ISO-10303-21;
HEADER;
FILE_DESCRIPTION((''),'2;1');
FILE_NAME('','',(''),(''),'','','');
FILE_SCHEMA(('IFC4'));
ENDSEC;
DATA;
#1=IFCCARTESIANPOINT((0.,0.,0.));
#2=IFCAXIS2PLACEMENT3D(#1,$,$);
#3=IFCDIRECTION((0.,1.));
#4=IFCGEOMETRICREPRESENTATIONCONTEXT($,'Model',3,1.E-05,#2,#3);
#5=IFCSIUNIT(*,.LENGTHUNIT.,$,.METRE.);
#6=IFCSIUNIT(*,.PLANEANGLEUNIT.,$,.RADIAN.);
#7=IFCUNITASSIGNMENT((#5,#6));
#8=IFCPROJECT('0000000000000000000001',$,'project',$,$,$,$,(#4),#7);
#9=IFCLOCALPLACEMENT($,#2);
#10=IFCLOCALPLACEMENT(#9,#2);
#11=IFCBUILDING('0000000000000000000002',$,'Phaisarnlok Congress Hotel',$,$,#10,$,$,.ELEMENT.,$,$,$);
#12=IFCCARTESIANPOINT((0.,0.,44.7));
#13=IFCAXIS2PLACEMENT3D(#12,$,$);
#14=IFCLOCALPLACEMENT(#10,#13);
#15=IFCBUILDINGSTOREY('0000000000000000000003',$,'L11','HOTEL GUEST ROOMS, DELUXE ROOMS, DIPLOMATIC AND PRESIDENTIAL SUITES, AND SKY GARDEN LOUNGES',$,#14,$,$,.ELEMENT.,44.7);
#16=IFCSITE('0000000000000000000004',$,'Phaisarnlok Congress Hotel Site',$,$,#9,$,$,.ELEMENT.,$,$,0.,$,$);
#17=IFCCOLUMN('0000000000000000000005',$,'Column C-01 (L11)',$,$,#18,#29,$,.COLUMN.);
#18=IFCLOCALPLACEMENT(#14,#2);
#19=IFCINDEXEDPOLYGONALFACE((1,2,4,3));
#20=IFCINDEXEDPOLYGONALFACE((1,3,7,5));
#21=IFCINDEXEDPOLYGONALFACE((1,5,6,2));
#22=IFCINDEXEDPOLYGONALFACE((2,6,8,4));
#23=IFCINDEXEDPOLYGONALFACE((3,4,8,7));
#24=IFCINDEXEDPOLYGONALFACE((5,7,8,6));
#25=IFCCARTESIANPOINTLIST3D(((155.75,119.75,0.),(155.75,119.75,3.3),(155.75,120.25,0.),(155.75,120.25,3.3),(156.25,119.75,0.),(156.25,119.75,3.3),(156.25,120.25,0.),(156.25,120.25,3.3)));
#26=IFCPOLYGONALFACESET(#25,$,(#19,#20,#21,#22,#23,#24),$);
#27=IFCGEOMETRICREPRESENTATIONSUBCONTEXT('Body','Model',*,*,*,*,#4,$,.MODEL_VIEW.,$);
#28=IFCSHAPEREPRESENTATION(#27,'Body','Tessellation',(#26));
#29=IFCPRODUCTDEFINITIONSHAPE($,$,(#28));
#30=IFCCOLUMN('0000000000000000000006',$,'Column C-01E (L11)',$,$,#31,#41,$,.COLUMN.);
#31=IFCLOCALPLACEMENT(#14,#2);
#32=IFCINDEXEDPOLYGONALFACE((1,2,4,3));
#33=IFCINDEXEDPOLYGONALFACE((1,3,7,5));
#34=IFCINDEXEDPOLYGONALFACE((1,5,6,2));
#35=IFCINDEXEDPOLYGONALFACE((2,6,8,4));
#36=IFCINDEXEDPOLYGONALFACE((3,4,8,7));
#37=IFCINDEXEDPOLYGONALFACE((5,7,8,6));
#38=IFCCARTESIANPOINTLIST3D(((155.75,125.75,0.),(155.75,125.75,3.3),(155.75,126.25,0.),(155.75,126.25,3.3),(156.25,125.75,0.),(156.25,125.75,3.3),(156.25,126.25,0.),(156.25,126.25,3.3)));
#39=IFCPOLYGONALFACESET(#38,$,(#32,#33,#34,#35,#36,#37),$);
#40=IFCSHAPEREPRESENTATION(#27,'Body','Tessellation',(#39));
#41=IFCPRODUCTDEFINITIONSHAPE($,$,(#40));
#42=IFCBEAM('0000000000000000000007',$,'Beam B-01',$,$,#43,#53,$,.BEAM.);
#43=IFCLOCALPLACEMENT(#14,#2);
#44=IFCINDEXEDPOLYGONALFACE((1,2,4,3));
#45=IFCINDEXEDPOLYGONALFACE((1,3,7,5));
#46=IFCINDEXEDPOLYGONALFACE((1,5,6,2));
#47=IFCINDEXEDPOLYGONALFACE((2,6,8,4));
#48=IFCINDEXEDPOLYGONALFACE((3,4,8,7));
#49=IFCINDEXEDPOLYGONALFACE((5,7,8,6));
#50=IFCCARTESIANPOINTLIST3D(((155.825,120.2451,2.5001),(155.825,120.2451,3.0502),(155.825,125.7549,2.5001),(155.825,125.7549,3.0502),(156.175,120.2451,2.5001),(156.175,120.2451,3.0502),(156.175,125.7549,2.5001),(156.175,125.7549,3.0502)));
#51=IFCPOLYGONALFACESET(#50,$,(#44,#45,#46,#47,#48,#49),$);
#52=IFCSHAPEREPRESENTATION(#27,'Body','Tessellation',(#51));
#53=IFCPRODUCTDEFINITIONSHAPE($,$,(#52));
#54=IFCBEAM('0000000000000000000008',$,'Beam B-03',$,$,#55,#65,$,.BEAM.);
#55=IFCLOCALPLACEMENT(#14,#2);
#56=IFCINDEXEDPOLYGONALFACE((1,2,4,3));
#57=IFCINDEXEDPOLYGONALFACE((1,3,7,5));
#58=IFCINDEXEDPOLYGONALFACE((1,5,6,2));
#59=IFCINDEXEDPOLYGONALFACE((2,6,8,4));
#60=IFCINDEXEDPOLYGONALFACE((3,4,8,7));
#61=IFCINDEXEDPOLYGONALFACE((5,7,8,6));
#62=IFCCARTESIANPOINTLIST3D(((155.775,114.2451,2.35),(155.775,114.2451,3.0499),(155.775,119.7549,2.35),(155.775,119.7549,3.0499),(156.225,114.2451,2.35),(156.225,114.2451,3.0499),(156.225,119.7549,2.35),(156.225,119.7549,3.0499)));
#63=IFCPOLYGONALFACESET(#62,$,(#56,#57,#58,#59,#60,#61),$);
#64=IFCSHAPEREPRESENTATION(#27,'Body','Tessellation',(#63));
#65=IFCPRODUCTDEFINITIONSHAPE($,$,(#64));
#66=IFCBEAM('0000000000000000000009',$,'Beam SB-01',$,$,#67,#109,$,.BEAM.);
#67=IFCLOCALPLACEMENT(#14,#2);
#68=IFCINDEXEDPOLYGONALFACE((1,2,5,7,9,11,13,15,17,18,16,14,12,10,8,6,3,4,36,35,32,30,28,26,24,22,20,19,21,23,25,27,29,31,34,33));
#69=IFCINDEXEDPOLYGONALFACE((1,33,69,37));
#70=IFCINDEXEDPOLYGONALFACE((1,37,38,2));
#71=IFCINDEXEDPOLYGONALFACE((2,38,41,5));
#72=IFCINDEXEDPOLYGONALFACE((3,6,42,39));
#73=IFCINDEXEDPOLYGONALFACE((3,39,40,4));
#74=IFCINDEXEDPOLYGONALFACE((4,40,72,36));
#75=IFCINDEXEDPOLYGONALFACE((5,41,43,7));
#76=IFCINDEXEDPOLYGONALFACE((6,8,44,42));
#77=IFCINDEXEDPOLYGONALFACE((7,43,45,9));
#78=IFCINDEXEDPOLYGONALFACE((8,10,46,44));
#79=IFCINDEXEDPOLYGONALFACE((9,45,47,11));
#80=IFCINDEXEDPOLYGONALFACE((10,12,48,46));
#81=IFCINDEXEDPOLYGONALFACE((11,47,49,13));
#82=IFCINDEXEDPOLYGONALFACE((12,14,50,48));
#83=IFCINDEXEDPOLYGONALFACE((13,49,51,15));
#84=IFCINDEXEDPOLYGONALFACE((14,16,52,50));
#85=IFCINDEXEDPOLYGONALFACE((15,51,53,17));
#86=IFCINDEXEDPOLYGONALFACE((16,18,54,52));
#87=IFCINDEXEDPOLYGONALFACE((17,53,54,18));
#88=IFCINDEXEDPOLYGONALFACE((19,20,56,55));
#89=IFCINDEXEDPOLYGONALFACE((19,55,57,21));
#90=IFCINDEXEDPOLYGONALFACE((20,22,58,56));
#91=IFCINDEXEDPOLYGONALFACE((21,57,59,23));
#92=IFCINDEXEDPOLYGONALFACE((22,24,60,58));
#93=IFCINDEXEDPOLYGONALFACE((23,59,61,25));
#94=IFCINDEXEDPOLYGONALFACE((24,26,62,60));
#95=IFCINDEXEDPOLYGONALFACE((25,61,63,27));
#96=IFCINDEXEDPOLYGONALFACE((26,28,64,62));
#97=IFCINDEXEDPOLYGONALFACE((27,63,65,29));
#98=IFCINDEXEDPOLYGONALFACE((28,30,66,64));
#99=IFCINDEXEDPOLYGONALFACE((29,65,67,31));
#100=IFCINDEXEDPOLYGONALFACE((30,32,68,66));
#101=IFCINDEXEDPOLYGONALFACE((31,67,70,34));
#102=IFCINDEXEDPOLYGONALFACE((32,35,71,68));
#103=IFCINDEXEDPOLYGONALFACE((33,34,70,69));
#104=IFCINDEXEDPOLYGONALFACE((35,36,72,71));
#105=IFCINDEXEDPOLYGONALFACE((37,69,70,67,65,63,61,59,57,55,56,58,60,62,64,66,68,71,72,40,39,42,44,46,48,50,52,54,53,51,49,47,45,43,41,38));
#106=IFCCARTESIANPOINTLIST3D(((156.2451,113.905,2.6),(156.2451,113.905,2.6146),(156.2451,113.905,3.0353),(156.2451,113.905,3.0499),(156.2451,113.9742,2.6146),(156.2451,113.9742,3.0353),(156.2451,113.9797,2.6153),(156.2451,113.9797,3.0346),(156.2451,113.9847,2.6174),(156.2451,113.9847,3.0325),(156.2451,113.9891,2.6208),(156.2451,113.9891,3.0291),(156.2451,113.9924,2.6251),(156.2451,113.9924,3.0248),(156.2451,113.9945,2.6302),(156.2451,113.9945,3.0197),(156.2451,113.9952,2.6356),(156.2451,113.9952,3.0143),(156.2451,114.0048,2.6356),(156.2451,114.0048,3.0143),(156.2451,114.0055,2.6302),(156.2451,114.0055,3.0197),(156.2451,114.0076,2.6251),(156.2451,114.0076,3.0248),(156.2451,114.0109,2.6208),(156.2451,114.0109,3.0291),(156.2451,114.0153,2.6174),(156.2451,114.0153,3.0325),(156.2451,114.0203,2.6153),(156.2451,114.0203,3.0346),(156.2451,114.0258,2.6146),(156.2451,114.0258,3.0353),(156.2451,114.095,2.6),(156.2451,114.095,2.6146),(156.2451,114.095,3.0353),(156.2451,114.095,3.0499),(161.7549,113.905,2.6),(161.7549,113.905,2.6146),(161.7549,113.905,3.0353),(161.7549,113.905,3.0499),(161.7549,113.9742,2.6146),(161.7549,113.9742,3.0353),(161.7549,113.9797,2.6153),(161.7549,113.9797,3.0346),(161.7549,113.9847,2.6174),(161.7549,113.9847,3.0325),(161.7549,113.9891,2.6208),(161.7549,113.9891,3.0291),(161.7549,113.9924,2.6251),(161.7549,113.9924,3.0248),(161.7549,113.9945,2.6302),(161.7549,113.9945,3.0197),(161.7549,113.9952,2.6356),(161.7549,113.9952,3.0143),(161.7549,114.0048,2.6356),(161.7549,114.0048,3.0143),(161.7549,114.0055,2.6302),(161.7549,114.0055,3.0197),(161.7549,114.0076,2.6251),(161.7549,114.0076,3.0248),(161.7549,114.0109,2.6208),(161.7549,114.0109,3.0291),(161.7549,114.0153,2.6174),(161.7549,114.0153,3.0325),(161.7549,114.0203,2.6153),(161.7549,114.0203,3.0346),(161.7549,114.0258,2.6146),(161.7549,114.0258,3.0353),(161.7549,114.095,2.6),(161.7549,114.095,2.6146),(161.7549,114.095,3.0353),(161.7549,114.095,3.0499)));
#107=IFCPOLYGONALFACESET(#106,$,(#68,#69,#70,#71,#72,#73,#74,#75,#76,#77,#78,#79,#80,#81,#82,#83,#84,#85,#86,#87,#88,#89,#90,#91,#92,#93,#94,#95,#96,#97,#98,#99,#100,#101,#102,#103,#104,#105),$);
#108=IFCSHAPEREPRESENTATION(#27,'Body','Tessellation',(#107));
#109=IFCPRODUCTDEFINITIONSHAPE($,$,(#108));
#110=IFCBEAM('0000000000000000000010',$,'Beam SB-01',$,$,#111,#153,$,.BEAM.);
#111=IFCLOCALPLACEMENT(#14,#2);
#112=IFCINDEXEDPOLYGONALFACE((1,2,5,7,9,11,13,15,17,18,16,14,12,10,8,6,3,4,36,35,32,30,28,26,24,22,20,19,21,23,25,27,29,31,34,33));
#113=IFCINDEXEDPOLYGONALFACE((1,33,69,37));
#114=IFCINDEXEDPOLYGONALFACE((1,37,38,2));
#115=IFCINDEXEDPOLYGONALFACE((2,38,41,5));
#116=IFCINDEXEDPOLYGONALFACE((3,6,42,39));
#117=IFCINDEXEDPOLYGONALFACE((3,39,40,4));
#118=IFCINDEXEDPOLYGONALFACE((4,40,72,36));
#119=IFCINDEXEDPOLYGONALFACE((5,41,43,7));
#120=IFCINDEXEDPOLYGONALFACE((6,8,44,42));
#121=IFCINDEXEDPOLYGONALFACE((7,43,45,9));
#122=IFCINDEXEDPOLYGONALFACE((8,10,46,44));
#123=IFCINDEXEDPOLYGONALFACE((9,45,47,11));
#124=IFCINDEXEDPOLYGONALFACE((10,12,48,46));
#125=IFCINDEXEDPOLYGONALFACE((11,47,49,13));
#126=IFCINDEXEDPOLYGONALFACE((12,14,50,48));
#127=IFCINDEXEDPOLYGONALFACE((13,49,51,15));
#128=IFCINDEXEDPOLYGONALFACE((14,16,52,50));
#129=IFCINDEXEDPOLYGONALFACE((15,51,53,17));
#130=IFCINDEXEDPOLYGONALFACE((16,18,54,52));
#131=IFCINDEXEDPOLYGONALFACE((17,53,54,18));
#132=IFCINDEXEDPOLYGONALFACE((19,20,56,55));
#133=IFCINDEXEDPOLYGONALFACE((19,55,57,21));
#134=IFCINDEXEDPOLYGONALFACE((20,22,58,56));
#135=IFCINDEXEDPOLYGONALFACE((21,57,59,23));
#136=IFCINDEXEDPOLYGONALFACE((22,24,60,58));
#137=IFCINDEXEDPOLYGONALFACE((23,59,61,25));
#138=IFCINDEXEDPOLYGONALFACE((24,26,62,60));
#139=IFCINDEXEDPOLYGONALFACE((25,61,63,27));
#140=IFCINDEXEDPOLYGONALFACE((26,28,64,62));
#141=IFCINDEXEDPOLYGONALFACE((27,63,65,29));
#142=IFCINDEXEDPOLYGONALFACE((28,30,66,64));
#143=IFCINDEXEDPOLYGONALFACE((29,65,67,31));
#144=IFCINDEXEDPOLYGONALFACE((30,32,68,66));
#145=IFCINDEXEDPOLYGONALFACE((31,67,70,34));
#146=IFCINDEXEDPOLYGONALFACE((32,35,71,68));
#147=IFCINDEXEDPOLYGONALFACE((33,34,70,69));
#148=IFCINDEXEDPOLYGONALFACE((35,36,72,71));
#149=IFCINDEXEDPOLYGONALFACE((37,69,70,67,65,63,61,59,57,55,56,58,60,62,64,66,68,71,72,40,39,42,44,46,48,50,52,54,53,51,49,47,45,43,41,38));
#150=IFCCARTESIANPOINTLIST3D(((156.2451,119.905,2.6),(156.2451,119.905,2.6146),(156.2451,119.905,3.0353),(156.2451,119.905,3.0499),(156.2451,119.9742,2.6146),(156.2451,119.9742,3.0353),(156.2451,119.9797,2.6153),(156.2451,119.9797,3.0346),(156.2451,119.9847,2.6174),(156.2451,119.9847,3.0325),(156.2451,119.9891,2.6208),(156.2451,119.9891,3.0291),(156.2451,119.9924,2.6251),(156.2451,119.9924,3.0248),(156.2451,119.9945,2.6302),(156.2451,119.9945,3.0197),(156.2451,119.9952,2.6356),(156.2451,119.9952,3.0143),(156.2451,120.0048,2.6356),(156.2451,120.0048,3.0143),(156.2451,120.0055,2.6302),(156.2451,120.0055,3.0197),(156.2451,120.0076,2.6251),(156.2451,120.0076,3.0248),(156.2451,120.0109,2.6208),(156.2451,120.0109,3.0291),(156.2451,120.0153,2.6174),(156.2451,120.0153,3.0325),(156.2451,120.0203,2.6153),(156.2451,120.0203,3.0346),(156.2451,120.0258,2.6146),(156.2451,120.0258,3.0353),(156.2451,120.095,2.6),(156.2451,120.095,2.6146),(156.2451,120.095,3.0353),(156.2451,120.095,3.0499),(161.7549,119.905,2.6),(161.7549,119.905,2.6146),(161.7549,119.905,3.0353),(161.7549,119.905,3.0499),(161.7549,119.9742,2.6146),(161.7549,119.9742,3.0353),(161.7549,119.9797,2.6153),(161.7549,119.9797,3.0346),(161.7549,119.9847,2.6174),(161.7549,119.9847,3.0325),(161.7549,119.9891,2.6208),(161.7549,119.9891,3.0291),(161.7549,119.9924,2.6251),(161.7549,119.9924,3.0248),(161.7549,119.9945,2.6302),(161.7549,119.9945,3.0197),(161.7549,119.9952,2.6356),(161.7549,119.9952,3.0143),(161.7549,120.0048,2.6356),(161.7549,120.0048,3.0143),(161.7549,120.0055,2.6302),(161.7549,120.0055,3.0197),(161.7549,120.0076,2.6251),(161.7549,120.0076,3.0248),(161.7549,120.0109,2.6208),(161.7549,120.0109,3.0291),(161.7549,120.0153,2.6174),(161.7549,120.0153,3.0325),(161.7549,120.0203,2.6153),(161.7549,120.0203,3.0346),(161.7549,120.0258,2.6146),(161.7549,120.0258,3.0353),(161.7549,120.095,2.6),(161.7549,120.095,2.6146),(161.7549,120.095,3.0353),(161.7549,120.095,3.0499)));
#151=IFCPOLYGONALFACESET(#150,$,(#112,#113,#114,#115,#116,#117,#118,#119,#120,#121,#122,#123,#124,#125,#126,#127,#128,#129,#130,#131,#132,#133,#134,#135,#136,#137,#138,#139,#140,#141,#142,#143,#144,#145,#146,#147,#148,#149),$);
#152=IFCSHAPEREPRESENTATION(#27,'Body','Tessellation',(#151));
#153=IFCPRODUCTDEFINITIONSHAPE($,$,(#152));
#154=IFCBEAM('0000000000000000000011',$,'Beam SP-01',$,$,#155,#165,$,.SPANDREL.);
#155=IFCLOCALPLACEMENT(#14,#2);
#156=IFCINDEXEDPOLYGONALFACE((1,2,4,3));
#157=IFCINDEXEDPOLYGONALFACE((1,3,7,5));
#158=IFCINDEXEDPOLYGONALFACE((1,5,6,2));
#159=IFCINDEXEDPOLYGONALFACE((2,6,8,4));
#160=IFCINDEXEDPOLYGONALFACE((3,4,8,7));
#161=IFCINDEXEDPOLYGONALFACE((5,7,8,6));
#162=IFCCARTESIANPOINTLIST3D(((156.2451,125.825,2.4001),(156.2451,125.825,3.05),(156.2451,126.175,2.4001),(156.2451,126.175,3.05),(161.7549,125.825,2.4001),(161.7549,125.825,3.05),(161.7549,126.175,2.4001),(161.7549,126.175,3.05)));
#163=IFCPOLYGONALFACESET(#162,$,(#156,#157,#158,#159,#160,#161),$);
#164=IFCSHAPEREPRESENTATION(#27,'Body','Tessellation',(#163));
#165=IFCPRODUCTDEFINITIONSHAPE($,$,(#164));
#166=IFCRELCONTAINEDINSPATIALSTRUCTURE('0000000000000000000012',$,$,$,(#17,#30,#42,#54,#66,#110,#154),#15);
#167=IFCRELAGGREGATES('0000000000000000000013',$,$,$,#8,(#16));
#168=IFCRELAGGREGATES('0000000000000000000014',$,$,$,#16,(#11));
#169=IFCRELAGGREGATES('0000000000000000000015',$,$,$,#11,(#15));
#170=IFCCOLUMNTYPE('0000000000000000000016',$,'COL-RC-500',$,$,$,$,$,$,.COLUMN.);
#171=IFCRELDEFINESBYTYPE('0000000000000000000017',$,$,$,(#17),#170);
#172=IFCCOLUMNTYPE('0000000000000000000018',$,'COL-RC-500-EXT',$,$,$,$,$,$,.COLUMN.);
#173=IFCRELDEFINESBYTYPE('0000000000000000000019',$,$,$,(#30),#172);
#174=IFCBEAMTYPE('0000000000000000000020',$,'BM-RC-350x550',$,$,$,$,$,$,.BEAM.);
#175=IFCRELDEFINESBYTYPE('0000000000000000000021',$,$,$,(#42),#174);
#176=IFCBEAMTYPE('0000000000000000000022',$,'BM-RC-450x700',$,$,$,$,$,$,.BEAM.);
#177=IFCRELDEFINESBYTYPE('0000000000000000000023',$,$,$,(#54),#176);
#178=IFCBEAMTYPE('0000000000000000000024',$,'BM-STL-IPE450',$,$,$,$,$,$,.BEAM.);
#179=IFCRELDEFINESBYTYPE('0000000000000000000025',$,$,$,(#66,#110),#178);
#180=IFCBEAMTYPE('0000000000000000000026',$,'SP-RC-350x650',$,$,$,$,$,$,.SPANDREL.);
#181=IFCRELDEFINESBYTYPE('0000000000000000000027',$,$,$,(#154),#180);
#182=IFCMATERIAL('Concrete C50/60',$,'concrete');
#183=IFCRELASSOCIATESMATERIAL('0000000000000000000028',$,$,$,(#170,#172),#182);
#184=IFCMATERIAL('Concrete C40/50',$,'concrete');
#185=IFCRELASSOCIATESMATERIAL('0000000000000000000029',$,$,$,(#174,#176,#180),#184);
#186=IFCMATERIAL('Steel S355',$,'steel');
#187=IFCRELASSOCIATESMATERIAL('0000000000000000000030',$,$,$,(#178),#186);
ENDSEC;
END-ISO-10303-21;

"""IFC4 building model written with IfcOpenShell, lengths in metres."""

from ifc_helpers import new_model, si_unit, direction, frame, origin, origin_2d, place, context, subcontext, project, spatial, rectangle, i_section, extrude, material, material_profile, profile_set, type_object, element, save


model = new_model("IFC4")

# Units and contexts
model_context = context("Model", 3, precision=1e-05, world=origin(), true_north=direction((0.0, 1.0)))
body_context = subcontext(model_context, "Body", "Model", "MODEL_VIEW")
ifc_project = project(units=[si_unit("LENGTHUNIT", "METRE"), si_unit("PLANEANGLEUNIT", "RADIAN")], contexts=[model_context])

# Site, building, storey
site_placement = place(None, origin())
site = spatial("IfcSite", under=ifc_project, at=site_placement, Name="Phaisarnlok Congress Hotel Site", CompositionType="ELEMENT", RefElevation=0.0)
building_placement = place(site_placement, origin())
building = spatial("IfcBuilding", under=site, at=building_placement, Name="Phaisarnlok Congress Hotel", CompositionType="ELEMENT")
storey_placement = place(building_placement, frame((0.0, 0.0, 44.7)))
storey = spatial("IfcBuildingStorey", under=building, at=storey_placement, Name="L11", Description="HOTEL GUEST ROOMS, DELUXE ROOMS, DIPLOMATIC AND PRESIDENTIAL SUITES, AND SKY GARDEN LOUNGES", CompositionType="ELEMENT", Elevation=44.7)

# Columns
ifc_material_1 = material(Name="Concrete C50/60", Category="concrete")
ifc_material_profile_1 = material_profile(ifc_material_1, rectangle(XDim=0.5, YDim=0.5, at=origin_2d()), Name="RC 500x500")
ifc_profile_set_1 = profile_set([ifc_material_profile_1], Name="Concrete C50/60")
column_type_1 = type_object("IfcColumnType", Name="COL-RC-500", PredefinedType="COLUMN", material=ifc_profile_set_1)
column_1_placement = place(storey_placement, frame((156.0, 120.0, 0.0), z_axis=(0.0, 0.0, 1.0), x_axis=(1.0, 0.0, 0.0)))
element("IfcColumn", 1, at=column_1_placement, inside=storey, type_object=column_type_1, Name="Column C-01 (L11)", PredefinedType="COLUMN", context=body_context, shape_type="SweptSolid", body=[
    extrude(rectangle(XDim=0.5, YDim=0.5, at=origin_2d()), origin(), (0.0, 0.0, 1.0), 3.3),
])
ifc_material_profile_2 = material_profile(ifc_material_1, rectangle(XDim=0.5, YDim=0.5, at=origin_2d()), Name="RC 500x500")
ifc_profile_set_2 = profile_set([ifc_material_profile_2], Name="Concrete C50/60")
column_type_2 = type_object("IfcColumnType", Name="COL-RC-500-EXT", PredefinedType="COLUMN", material=ifc_profile_set_2)
column_2_placement = place(storey_placement, frame((156.0, 126.0, 0.0), z_axis=(0.0, 0.0, 1.0), x_axis=(1.0, 0.0, 0.0)))
element("IfcColumn", 2, at=column_2_placement, inside=storey, type_object=column_type_2, Name="Column C-01E (L11)", PredefinedType="COLUMN", context=body_context, shape_type="SweptSolid", body=[
    extrude(rectangle(XDim=0.5, YDim=0.5, at=origin_2d()), origin(), (0.0, 0.0, 1.0), 3.3),
])

# Beams
ifc_material_2 = material(Name="Concrete C40/50", Category="concrete")
ifc_material_profile_3 = material_profile(ifc_material_2, rectangle(XDim=0.3501, YDim=0.55, at=origin_2d()), Name="RC 350x550")
ifc_profile_set_3 = profile_set([ifc_material_profile_3], Name="Concrete C40/50")
beam_type_1 = type_object("IfcBeamType", Name="BM-RC-350x550", PredefinedType="BEAM", material=ifc_profile_set_3)
beam_1_placement = place(storey_placement, frame((156.0, 120.2451, 2.7751), z_axis=(0.0, 1.0, 0.0), x_axis=(-1.0, 0.0, 0.0)))
element("IfcBeam", 3, at=beam_1_placement, inside=storey, type_object=beam_type_1, Name="Beam B-01", PredefinedType="BEAM", context=body_context, shape_type="SweptSolid", body=[
    extrude(rectangle(XDim=0.3501, YDim=0.55, at=origin_2d()), origin(), (0.0, 0.0, 1.0), 5.5098),
])
ifc_material_profile_4 = material_profile(ifc_material_2, rectangle(XDim=0.45, YDim=0.7, at=origin_2d()), Name="RC 450x700")
ifc_profile_set_4 = profile_set([ifc_material_profile_4], Name="Concrete C40/50")
beam_type_2 = type_object("IfcBeamType", Name="BM-RC-450x700", PredefinedType="BEAM", material=ifc_profile_set_4)
beam_2_placement = place(storey_placement, frame((156.0, 114.2451, 2.7), z_axis=(0.0, 1.0, 0.0), x_axis=(-1.0, 0.0, 0.0)))
element("IfcBeam", 4, at=beam_2_placement, inside=storey, type_object=beam_type_2, Name="Beam B-03", PredefinedType="BEAM", context=body_context, shape_type="SweptSolid", body=[
    extrude(rectangle(XDim=0.45, YDim=0.7, at=origin_2d()), origin(), (0.0, 0.0, 1.0), 5.5098),
])
ifc_material_3 = material(Name="Steel S355", Category="steel")
ifc_material_profile_5 = material_profile(ifc_material_3, i_section(OverallWidth=0.1899, OverallDepth=0.45, WebThickness=0.0095, FlangeThickness=0.0146, FilletRadius=0.021, at=origin_2d()), Name="IPE 450")
ifc_profile_set_5 = profile_set([ifc_material_profile_5], Name="Steel S355")
beam_type_3 = type_object("IfcBeamType", Name="BM-STL-IPE450", PredefinedType="BEAM", material=ifc_profile_set_5)
for number, where, z_axis, x_axis, name in (
    (5, (156.2451, 114.0, 2.825), (1.0, 0.0, 0.0), (0.0, 1.0, 0.0), "Beam SB-01"),
    (6, (156.2451, 120.0, 2.825), (1.0, 0.0, 0.0), (0.0, 1.0, 0.0), "Beam SB-01"),
):
    element("IfcBeam", number, at=place(storey_placement, frame(where, z_axis=z_axis, x_axis=x_axis)), inside=storey, type_object=beam_type_3, Name=name, PredefinedType="BEAM", context=body_context, shape_type="SweptSolid", body=[
        extrude(i_section(OverallWidth=0.1899, OverallDepth=0.45, WebThickness=0.0095, FlangeThickness=0.0146, FilletRadius=0.021, at=origin_2d()), origin(), (0.0, 0.0, 1.0), 5.5098),
    ])
ifc_material_profile_6 = material_profile(ifc_material_2, rectangle(XDim=0.3501, YDim=0.6499, at=origin_2d()), Name="RC 350x650")
ifc_profile_set_6 = profile_set([ifc_material_profile_6], Name="Concrete C40/50")
beam_type_4 = type_object("IfcBeamType", Name="SP-RC-350x650", PredefinedType="SPANDREL", material=ifc_profile_set_6)
beam_3_placement = place(storey_placement, frame((156.2451, 126.0, 2.7251), z_axis=(1.0, 0.0, 0.0), x_axis=(0.0, 1.0, 0.0)))
element("IfcBeam", 7, at=beam_3_placement, inside=storey, type_object=beam_type_4, Name="Beam SP-01", PredefinedType="SPANDREL", context=body_context, shape_type="SweptSolid", body=[
    extrude(rectangle(XDim=0.3501, YDim=0.6499, at=origin_2d()), origin(), (0.0, 0.0, 1.0), 5.5098),
])

save(model, "model.ifc")
